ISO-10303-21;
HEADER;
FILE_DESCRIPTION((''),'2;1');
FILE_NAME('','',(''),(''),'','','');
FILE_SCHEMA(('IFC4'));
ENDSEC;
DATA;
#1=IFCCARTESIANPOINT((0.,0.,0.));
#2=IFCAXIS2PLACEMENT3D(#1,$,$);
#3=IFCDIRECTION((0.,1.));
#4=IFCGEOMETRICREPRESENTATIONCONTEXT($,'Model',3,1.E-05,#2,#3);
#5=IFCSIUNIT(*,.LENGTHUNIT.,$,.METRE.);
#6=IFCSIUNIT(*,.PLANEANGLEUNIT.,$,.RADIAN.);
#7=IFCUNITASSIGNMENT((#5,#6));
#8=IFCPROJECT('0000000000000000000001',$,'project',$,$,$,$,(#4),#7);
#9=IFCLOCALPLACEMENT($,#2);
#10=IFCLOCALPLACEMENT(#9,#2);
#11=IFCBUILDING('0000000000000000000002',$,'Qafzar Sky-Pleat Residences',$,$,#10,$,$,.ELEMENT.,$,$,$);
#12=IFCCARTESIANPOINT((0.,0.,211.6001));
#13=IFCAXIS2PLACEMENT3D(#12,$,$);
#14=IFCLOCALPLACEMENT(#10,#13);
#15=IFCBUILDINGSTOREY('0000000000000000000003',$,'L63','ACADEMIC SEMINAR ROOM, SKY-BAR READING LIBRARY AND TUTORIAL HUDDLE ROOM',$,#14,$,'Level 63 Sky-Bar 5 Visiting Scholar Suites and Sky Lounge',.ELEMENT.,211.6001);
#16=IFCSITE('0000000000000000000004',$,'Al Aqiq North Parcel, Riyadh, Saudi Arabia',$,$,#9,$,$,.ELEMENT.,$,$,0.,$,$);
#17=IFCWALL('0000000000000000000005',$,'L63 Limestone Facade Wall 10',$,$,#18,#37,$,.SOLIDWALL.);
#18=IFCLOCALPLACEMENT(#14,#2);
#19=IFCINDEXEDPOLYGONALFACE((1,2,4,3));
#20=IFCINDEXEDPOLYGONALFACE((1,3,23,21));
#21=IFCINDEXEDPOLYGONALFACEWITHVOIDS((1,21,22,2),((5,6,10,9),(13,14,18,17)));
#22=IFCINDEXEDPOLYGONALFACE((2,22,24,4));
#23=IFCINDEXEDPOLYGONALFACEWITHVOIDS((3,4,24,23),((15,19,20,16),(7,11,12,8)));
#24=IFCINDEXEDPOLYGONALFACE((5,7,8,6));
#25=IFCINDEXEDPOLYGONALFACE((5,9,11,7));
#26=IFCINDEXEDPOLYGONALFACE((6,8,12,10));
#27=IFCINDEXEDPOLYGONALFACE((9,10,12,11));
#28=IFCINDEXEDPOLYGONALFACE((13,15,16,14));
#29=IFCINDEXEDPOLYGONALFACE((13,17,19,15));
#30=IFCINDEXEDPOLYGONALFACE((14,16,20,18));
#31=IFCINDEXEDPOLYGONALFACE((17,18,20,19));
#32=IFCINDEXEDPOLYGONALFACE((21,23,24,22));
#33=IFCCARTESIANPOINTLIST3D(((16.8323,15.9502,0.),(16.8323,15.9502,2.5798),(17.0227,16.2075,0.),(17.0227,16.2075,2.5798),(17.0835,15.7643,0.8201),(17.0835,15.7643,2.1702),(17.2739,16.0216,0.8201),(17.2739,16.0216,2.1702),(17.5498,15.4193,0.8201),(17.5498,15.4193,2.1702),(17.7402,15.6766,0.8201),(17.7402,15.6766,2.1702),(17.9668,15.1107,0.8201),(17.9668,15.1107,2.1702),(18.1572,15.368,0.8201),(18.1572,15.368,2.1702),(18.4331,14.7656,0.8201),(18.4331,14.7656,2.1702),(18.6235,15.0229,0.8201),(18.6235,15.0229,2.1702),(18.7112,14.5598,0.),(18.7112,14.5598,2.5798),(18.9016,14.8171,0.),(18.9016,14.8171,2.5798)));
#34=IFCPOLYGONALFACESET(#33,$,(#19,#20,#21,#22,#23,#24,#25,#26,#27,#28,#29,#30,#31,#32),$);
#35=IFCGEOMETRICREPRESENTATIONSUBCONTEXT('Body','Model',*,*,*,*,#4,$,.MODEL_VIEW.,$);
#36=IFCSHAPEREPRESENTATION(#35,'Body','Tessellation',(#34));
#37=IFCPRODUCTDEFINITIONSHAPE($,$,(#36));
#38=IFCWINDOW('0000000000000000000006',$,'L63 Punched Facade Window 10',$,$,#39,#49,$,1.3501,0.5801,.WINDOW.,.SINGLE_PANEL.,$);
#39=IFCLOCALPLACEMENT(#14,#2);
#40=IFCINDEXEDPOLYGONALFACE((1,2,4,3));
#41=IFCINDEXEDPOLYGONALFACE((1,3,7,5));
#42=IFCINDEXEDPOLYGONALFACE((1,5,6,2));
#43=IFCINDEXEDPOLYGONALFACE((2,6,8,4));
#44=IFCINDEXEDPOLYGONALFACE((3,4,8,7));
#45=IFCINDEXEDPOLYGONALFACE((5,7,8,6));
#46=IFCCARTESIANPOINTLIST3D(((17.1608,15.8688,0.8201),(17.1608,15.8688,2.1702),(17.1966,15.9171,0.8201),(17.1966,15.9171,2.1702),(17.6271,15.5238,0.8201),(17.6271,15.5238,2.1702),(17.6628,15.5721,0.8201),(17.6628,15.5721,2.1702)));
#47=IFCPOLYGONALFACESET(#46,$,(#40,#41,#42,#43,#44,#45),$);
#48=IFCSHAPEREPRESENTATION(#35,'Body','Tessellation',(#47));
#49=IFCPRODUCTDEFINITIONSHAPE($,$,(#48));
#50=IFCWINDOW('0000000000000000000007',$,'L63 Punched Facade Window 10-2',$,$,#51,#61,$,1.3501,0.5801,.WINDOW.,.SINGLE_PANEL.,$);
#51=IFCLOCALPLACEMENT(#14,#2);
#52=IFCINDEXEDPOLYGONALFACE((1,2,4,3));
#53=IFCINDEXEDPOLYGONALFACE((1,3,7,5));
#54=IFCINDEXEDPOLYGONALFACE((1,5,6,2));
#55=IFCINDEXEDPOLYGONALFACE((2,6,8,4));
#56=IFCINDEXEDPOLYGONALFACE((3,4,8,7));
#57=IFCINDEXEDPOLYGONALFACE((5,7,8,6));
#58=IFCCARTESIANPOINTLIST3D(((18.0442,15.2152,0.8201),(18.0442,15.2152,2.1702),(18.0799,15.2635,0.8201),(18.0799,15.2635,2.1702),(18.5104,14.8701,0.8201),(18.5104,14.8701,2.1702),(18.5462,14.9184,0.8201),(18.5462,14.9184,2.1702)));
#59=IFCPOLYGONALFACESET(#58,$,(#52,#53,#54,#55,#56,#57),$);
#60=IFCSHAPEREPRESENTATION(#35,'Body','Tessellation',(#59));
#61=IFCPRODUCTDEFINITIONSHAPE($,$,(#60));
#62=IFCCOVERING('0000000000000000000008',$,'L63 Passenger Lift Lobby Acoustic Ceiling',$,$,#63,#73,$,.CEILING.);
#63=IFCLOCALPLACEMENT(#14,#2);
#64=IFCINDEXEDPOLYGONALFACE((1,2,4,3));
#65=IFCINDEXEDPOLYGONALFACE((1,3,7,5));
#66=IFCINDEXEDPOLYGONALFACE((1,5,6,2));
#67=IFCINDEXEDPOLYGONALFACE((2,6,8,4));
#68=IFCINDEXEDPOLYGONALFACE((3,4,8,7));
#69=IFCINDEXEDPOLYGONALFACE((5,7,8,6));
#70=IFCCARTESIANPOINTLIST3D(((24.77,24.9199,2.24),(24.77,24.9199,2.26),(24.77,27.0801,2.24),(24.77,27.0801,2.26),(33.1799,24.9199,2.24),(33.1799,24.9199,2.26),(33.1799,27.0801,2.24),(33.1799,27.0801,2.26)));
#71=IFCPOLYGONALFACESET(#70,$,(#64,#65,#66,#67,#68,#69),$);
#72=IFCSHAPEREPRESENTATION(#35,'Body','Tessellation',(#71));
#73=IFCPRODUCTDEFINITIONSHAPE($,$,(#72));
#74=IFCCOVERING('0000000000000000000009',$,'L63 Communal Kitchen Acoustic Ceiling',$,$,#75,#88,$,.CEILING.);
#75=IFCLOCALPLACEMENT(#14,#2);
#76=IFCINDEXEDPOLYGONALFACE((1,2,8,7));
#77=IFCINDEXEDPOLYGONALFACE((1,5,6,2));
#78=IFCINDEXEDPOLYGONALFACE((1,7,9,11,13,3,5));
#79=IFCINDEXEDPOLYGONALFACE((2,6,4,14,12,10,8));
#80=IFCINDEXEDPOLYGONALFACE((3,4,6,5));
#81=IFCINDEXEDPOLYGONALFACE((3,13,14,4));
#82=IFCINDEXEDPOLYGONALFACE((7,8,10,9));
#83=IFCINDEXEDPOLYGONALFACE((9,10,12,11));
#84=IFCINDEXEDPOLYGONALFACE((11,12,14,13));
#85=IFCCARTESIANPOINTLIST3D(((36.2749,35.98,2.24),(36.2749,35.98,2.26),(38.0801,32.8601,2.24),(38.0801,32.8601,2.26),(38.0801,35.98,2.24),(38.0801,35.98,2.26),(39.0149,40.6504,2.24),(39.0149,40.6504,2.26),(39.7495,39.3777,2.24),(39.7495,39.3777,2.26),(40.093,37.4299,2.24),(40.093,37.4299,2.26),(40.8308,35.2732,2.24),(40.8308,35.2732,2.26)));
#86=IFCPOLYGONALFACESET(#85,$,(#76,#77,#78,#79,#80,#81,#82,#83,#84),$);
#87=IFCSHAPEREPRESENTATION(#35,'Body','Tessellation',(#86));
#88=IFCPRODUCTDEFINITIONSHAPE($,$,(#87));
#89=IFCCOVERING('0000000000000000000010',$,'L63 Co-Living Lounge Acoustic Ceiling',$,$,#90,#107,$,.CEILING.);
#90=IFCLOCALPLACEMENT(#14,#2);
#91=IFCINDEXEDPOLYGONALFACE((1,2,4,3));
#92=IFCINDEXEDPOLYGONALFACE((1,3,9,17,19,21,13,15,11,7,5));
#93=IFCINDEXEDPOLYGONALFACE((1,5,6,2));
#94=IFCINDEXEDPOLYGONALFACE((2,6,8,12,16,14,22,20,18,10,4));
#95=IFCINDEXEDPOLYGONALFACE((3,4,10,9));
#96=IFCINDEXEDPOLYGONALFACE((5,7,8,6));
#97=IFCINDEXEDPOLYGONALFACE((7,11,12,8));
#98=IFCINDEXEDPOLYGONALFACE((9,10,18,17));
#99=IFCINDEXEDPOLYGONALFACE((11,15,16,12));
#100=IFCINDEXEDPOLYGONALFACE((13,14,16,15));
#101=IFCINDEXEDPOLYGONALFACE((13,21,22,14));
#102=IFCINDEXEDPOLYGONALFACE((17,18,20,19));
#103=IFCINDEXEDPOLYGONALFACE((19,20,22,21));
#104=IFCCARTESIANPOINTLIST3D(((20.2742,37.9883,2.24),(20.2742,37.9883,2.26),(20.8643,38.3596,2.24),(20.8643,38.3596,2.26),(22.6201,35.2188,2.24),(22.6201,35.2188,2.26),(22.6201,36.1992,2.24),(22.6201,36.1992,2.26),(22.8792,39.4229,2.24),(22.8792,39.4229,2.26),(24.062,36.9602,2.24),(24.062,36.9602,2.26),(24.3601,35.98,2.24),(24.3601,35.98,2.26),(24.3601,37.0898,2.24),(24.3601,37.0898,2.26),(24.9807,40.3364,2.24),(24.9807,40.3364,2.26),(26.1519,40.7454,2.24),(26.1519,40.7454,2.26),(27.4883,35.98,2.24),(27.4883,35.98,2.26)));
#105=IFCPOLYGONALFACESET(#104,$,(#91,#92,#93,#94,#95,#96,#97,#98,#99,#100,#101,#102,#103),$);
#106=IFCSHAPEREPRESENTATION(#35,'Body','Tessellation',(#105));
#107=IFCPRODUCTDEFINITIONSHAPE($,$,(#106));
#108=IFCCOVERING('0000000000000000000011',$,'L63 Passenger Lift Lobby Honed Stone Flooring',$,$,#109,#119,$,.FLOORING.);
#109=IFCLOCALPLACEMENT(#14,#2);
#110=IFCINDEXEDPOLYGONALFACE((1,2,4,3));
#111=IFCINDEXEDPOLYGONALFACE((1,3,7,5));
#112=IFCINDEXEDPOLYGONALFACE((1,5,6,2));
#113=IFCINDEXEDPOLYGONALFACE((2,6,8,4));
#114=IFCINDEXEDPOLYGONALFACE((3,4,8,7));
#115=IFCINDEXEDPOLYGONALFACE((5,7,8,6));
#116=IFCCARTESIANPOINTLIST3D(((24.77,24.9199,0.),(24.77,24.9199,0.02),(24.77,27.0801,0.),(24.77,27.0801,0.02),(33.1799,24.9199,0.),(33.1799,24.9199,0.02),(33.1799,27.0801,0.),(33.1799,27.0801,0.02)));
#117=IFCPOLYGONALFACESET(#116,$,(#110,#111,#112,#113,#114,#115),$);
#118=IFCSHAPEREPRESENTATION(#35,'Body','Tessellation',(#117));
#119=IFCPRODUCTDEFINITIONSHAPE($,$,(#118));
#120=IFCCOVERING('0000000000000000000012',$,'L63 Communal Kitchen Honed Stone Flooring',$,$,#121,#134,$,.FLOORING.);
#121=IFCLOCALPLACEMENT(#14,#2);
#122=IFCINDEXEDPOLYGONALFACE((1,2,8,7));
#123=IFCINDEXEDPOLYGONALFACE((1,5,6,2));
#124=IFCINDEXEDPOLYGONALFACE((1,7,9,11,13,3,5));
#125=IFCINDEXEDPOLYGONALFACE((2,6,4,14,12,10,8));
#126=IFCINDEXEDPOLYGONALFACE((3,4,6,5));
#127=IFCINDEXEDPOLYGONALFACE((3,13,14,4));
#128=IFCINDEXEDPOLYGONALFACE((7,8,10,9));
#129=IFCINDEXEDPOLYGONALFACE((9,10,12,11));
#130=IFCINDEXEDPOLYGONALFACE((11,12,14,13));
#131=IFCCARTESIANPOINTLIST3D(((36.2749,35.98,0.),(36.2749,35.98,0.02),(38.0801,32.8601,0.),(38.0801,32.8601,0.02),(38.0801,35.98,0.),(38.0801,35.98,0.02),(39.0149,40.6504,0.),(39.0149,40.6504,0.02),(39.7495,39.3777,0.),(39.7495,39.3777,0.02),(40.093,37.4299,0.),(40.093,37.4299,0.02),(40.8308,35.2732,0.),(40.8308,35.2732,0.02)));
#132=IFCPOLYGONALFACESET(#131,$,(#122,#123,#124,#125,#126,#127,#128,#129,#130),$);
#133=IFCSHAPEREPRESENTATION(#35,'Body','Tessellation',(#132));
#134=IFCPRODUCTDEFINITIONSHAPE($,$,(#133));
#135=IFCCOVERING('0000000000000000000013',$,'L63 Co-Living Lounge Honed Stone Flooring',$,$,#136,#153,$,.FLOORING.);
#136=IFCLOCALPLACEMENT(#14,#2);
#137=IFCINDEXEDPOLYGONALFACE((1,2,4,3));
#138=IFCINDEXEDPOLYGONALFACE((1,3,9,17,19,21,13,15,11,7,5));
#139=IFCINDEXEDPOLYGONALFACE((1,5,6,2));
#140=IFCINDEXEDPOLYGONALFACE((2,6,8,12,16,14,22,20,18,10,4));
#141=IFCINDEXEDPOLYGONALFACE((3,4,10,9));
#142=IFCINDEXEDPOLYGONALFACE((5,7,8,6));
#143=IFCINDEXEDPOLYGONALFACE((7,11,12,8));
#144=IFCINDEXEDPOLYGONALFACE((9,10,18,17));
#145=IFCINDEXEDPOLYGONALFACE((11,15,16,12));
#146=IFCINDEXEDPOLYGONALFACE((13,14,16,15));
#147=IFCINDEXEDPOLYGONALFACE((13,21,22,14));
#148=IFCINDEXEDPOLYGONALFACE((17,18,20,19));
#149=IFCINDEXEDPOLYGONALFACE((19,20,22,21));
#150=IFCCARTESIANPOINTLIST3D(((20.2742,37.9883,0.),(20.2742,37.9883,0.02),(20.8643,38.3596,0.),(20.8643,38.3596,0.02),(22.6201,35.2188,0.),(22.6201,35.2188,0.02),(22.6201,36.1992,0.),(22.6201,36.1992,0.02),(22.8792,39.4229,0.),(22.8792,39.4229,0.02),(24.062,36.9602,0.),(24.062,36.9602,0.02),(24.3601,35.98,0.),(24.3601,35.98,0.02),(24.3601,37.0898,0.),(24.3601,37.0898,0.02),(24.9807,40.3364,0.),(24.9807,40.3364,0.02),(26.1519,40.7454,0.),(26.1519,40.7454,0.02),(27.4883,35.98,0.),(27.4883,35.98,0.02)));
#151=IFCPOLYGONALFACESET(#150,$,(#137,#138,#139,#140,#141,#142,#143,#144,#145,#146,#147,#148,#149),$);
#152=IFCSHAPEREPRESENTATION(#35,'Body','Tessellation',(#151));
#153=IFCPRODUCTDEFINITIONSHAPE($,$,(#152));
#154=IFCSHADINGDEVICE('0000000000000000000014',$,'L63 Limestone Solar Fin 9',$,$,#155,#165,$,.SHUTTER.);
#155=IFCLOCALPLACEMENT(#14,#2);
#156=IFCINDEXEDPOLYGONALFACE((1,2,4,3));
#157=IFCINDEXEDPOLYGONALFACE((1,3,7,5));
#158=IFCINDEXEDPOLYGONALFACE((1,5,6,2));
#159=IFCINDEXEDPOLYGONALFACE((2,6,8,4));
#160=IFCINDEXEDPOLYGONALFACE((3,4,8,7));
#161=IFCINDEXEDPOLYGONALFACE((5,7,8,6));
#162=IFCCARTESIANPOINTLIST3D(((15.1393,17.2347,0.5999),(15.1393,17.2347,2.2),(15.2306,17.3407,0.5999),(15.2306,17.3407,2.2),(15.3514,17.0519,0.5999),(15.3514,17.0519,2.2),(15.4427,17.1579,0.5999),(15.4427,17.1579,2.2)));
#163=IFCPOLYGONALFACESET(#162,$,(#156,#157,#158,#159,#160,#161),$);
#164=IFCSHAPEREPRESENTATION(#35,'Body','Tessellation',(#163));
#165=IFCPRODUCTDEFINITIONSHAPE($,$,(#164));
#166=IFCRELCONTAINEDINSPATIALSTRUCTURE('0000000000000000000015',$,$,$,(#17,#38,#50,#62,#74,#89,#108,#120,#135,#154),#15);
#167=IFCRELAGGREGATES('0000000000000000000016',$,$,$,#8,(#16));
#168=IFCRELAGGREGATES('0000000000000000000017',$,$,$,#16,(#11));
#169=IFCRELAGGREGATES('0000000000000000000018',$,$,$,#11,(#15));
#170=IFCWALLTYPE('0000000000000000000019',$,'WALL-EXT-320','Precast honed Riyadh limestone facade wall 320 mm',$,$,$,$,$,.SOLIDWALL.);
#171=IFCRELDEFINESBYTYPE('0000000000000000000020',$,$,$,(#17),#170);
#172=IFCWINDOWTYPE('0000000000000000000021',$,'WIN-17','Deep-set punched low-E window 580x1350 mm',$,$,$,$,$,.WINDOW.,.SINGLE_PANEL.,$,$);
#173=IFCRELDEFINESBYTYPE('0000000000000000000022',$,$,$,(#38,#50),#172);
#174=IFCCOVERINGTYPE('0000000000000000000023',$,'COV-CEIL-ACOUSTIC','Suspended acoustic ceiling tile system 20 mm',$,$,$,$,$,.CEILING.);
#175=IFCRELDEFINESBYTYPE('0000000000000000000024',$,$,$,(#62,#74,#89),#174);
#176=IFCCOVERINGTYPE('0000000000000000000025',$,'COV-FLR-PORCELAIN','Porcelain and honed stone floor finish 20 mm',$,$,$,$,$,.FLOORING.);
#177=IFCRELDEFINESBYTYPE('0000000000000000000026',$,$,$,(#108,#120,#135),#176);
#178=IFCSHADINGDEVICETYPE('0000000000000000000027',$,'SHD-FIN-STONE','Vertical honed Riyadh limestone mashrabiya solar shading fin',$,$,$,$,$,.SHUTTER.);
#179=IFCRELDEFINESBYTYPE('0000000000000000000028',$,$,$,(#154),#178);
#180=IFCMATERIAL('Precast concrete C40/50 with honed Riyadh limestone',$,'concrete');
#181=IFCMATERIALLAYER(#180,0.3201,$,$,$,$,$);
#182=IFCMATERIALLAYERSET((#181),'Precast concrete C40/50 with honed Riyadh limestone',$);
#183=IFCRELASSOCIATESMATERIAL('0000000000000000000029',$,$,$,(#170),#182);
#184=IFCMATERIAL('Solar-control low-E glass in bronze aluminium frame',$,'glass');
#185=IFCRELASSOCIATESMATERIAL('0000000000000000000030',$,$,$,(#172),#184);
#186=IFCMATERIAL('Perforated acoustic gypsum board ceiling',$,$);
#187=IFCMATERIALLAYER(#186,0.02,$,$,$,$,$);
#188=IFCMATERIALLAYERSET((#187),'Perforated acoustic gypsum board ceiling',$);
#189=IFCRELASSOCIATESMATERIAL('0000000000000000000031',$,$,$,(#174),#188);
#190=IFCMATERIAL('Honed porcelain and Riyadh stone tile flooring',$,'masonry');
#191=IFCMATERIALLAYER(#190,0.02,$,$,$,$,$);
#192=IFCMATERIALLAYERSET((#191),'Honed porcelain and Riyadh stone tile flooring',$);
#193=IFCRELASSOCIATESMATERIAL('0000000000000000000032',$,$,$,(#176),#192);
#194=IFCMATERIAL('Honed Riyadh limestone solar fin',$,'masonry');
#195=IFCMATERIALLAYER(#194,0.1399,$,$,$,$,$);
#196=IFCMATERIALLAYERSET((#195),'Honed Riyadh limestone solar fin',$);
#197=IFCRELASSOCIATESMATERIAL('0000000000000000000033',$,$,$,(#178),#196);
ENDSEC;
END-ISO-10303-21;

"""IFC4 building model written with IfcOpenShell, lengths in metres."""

from ifc_helpers import new_model, si_unit, direction, frame, frame_2d, origin, origin_2d, place, context, subcontext, project, spatial, polyline, rectangle, outline, extrude, source, transform, mapped, material, layer, layer_set, type_object, element, fill, save


model = new_model("IFC4")

# Units and contexts
model_context = context("Model", 3, precision=1e-05, world=origin(), true_north=direction((0.0, 1.0)))
body_context = subcontext(model_context, "Body", "Model", "MODEL_VIEW")
ifc_project = project(units=[si_unit("LENGTHUNIT", "METRE"), si_unit("PLANEANGLEUNIT", "RADIAN")], contexts=[model_context])

# Site, building, storey
site_placement = place(None, origin())
site = spatial("IfcSite", under=ifc_project, at=site_placement, Name="Al Aqiq North Parcel, Riyadh, Saudi Arabia", CompositionType="ELEMENT", RefElevation=0.0)
building_placement = place(site_placement, origin())
building = spatial("IfcBuilding", under=site, at=building_placement, Name="Qafzar Sky-Pleat Residences", CompositionType="ELEMENT")
storey_placement = place(building_placement, frame((0.0, 0.0, 211.6001)))
storey = spatial("IfcBuildingStorey", under=building, at=storey_placement, Name="L63", Description="ACADEMIC SEMINAR ROOM, SKY-BAR READING LIBRARY AND TUTORIAL HUDDLE ROOM", LongName="Level 63 Sky-Bar 5 Visiting Scholar Suites and Sky Lounge", CompositionType="ELEMENT", Elevation=211.6001)

# Wall, openings, windows
ifc_material_1 = material(Name="Precast concrete C40/50 with honed Riyadh limestone", Category="concrete")
ifc_layer_1 = layer(ifc_material_1, 0.3201)
ifc_layer_set_1 = layer_set([ifc_layer_1], Name="Precast concrete C40/50 with honed Riyadh limestone")
wall_type_1 = type_object("IfcWallType", Name="WALL-EXT-320", Description="Precast honed Riyadh limestone facade wall 320 mm", PredefinedType="SOLIDWALL", material=ifc_layer_set_1)
wall_1_placement = place(storey_placement, frame((16.9275, 16.0789, 0.0), z_axis=(0.0, 0.0, 1.0), x_axis=(0.803844, -0.59484, 0.0)))
wall_1 = element("IfcWall", 1, at=wall_1_placement, inside=storey, type_object=wall_type_1, Name="L63 Limestone Facade Wall 10", PredefinedType="SOLIDWALL", context=body_context, shape_type="SweptSolid", body=[
    extrude(rectangle(XDim=2.3374, YDim=0.3201, at=frame_2d((1.1687, 0.0))), origin(), (0.0, 0.0, 1.0), 2.5798),
])
opening_1_placement = place(wall_1_placement, frame((0.3125, 0.0, 0.8201)))
opening_1 = element("IfcOpeningElement", 2, at=opening_1_placement, cuts=wall_1, PredefinedType="OPENING", context=body_context, shape_type="SweptSolid", body=[
    extrude(rectangle(XDim=0.5801, YDim=1.3501, at=frame_2d((0.29, 0.675))), frame((0.0, 0.1699, 0.0), z_axis=(0.0, -1.0, 0.0), x_axis=(1.0, 0.0, 0.0)), (0.0, 0.0, 1.0), 0.3401),
])
opening_2_placement = place(wall_1_placement, frame((1.4114, 0.0, 0.8201)))
opening_2 = element("IfcOpeningElement", 3, at=opening_2_placement, cuts=wall_1, PredefinedType="OPENING", context=body_context, shape_type="SweptSolid", body=[
    extrude(rectangle(XDim=0.5801, YDim=1.3501, at=frame_2d((0.29, 0.675))), frame((0.0, 0.1699, 0.0), z_axis=(0.0, -1.0, 0.0), x_axis=(1.0, 0.0, 0.0)), (0.0, 0.0, 1.0), 0.3401),
])
ifc_material_2 = material(Name="Solar-control low-E glass in bronze aluminium frame", Category="glass")
window_type = type_object("IfcWindowType", Name="WIN-17", Description="Deep-set punched low-E window 580x1350 mm", PartitioningType="SINGLE_PANEL", PredefinedType="WINDOW", material=ifc_material_2)
shared_shape_1 = source(origin(), body_context, "Body", "SweptSolid", [
    extrude(rectangle(XDim=0.5801, YDim=1.3501, at=frame_2d((0.29, 0.675))), frame((0.0, 0.03, 0.0), z_axis=(0.0, -1.0, 0.0), x_axis=(1.0, 0.0, 0.0)), (0.0, 0.0, 1.0), 0.0601),
])
window_1_placement = place(opening_1_placement, origin())
window_1 = element("IfcWindow", 4, at=window_1_placement, inside=storey, type_object=window_type, Name="L63 Punched Facade Window 10", OverallHeight=1.3501, OverallWidth=0.5801, PartitioningType="SINGLE_PANEL", PredefinedType="WINDOW", context=body_context, shape_type="MappedRepresentation", body=[
    mapped(shared_shape_1, transform((0.0, 0.0, 0.0), x_axis=(1.0, 0.0, 0.0), y_axis=(0.0, 1.0, 0.0), z_axis=(0.0, 0.0, 1.0), scale=1.0)),
])
fill(opening_1, window_1)
window_2_placement = place(opening_2_placement, origin())
window_2 = element("IfcWindow", 5, at=window_2_placement, inside=storey, type_object=window_type, Name="L63 Punched Facade Window 10-2", OverallHeight=1.3501, OverallWidth=0.5801, PartitioningType="SINGLE_PANEL", PredefinedType="WINDOW", context=body_context, shape_type="MappedRepresentation", body=[
    mapped(shared_shape_1, transform((0.0, 0.0, 0.0), x_axis=(1.0, 0.0, 0.0), y_axis=(0.0, 1.0, 0.0), z_axis=(0.0, 0.0, 1.0), scale=1.0)),
])
fill(opening_2, window_2)

# Coverings
ifc_material_3 = material(Name="Perforated acoustic gypsum board ceiling")
ifc_layer_2 = layer(ifc_material_3, 0.02)
ifc_layer_set_2 = layer_set([ifc_layer_2], Name="Perforated acoustic gypsum board ceiling")
covering_type_1 = type_object("IfcCoveringType", Name="COV-CEIL-ACOUSTIC", Description="Suspended acoustic ceiling tile system 20 mm", PredefinedType="CEILING", material=ifc_layer_set_2)
covering_1_placement = place(storey_placement, frame((0.0, 0.0, 2.24)))
element("IfcCovering", 6, at=covering_1_placement, inside=storey, type_object=covering_type_1, Name="L63 Passenger Lift Lobby Acoustic Ceiling", PredefinedType="CEILING", context=body_context, shape_type="SweptSolid", body=[
    extrude(outline(polyline([(33.1799, 24.9199), (24.77, 24.9199), (24.77, 27.0801), (33.1799, 27.0801), (33.1799, 24.9199)])), origin(), (0.0, 0.0, 1.0), 0.02),
])
covering_2_placement = place(storey_placement, frame((0.0, 0.0, 2.24)))
element("IfcCovering", 7, at=covering_2_placement, inside=storey, type_object=covering_type_1, Name="L63 Communal Kitchen Acoustic Ceiling", PredefinedType="CEILING", context=body_context, shape_type="SweptSolid", body=[
    extrude(outline(polyline([(39.7495, 39.3777), (40.093, 37.4299), (40.8308, 35.2732), (38.0801, 32.8601), (38.0801, 35.98), (36.2749, 35.98), (39.0149, 40.6504), (39.7495, 39.3777)])), origin(), (0.0, 0.0, 1.0), 0.02),
])
covering_3_placement = place(storey_placement, frame((0.0, 0.0, 2.24)))
element("IfcCovering", 8, at=covering_3_placement, inside=storey, type_object=covering_type_1, Name="L63 Co-Living Lounge Acoustic Ceiling", PredefinedType="CEILING", context=body_context, shape_type="SweptSolid", body=[
    extrude(outline(polyline([(20.8643, 38.3596), (22.8792, 39.4229), (24.9807, 40.3364), (26.1519, 40.7454), (27.4883, 35.98), (24.3601, 35.98), (24.3601, 37.0898), (24.062, 36.9602), (22.6201, 36.1992), (22.6201, 35.2188), (20.2742, 37.9883), (20.8643, 38.3596)])), origin(), (0.0, 0.0, 1.0), 0.02),
])
ifc_material_4 = material(Name="Honed porcelain and Riyadh stone tile flooring", Category="masonry")
ifc_layer_3 = layer(ifc_material_4, 0.02)
ifc_layer_set_3 = layer_set([ifc_layer_3], Name="Honed porcelain and Riyadh stone tile flooring")
covering_type_2 = type_object("IfcCoveringType", Name="COV-FLR-PORCELAIN", Description="Porcelain and honed stone floor finish 20 mm", PredefinedType="FLOORING", material=ifc_layer_set_3)
covering_4_placement = place(storey_placement, origin())
element("IfcCovering", 9, at=covering_4_placement, inside=storey, type_object=covering_type_2, Name="L63 Passenger Lift Lobby Honed Stone Flooring", PredefinedType="FLOORING", context=body_context, shape_type="SweptSolid", body=[
    extrude(outline(polyline([(33.1799, 24.9199), (24.77, 24.9199), (24.77, 27.0801), (33.1799, 27.0801), (33.1799, 24.9199)])), origin(), (0.0, 0.0, 1.0), 0.02),
])
covering_5_placement = place(storey_placement, origin())
element("IfcCovering", 10, at=covering_5_placement, inside=storey, type_object=covering_type_2, Name="L63 Communal Kitchen Honed Stone Flooring", PredefinedType="FLOORING", context=body_context, shape_type="SweptSolid", body=[
    extrude(outline(polyline([(39.7495, 39.3777), (40.093, 37.4299), (40.8308, 35.2732), (38.0801, 32.8601), (38.0801, 35.98), (36.2749, 35.98), (39.0149, 40.6504), (39.7495, 39.3777)])), origin(), (0.0, 0.0, 1.0), 0.02),
])
covering_6_placement = place(storey_placement, origin())
element("IfcCovering", 11, at=covering_6_placement, inside=storey, type_object=covering_type_2, Name="L63 Co-Living Lounge Honed Stone Flooring", PredefinedType="FLOORING", context=body_context, shape_type="SweptSolid", body=[
    extrude(outline(polyline([(20.8643, 38.3596), (22.8792, 39.4229), (24.9807, 40.3364), (26.1519, 40.7454), (27.4883, 35.98), (24.3601, 35.98), (24.3601, 37.0898), (24.062, 36.9602), (22.6201, 36.1992), (22.6201, 35.2188), (20.2742, 37.9883), (20.8643, 38.3596)])), origin(), (0.0, 0.0, 1.0), 0.02),
])

# Shading device
ifc_material_5 = material(Name="Honed Riyadh limestone solar fin", Category="masonry")
ifc_layer_4 = layer(ifc_material_5, 0.1399)
ifc_layer_set_4 = layer_set([ifc_layer_4], Name="Honed Riyadh limestone solar fin")
shading_device_type = type_object("IfcShadingDeviceType", Name="SHD-FIN-STONE", Description="Vertical honed Riyadh limestone mashrabiya solar shading fin", PredefinedType="SHUTTER", material=ifc_layer_set_4)
shared_shape_2 = source(origin(), body_context, "Body", "SweptSolid", [
    extrude(rectangle(XDim=0.1399, YDim=0.28, at=origin_2d()), origin(), (0.0, 0.0, 1.0), 1.6001),
])
shading_device_placement = place(storey_placement, frame((15.291, 17.1963, 0.5999), z_axis=(0.0, 0.0, 1.0), x_axis=(-0.652839, -0.757496, 0.0)))
element("IfcShadingDevice", 12, at=shading_device_placement, inside=storey, type_object=shading_device_type, Name="L63 Limestone Solar Fin 9", PredefinedType="SHUTTER", context=body_context, shape_type="MappedRepresentation", body=[
    mapped(shared_shape_2, transform((0.0, 0.0, 0.0), x_axis=(1.0, 0.0, 0.0), y_axis=(0.0, 1.0, 0.0), z_axis=(0.0, 0.0, 1.0), scale=1.0)),
])

save(model, "model.ifc")
